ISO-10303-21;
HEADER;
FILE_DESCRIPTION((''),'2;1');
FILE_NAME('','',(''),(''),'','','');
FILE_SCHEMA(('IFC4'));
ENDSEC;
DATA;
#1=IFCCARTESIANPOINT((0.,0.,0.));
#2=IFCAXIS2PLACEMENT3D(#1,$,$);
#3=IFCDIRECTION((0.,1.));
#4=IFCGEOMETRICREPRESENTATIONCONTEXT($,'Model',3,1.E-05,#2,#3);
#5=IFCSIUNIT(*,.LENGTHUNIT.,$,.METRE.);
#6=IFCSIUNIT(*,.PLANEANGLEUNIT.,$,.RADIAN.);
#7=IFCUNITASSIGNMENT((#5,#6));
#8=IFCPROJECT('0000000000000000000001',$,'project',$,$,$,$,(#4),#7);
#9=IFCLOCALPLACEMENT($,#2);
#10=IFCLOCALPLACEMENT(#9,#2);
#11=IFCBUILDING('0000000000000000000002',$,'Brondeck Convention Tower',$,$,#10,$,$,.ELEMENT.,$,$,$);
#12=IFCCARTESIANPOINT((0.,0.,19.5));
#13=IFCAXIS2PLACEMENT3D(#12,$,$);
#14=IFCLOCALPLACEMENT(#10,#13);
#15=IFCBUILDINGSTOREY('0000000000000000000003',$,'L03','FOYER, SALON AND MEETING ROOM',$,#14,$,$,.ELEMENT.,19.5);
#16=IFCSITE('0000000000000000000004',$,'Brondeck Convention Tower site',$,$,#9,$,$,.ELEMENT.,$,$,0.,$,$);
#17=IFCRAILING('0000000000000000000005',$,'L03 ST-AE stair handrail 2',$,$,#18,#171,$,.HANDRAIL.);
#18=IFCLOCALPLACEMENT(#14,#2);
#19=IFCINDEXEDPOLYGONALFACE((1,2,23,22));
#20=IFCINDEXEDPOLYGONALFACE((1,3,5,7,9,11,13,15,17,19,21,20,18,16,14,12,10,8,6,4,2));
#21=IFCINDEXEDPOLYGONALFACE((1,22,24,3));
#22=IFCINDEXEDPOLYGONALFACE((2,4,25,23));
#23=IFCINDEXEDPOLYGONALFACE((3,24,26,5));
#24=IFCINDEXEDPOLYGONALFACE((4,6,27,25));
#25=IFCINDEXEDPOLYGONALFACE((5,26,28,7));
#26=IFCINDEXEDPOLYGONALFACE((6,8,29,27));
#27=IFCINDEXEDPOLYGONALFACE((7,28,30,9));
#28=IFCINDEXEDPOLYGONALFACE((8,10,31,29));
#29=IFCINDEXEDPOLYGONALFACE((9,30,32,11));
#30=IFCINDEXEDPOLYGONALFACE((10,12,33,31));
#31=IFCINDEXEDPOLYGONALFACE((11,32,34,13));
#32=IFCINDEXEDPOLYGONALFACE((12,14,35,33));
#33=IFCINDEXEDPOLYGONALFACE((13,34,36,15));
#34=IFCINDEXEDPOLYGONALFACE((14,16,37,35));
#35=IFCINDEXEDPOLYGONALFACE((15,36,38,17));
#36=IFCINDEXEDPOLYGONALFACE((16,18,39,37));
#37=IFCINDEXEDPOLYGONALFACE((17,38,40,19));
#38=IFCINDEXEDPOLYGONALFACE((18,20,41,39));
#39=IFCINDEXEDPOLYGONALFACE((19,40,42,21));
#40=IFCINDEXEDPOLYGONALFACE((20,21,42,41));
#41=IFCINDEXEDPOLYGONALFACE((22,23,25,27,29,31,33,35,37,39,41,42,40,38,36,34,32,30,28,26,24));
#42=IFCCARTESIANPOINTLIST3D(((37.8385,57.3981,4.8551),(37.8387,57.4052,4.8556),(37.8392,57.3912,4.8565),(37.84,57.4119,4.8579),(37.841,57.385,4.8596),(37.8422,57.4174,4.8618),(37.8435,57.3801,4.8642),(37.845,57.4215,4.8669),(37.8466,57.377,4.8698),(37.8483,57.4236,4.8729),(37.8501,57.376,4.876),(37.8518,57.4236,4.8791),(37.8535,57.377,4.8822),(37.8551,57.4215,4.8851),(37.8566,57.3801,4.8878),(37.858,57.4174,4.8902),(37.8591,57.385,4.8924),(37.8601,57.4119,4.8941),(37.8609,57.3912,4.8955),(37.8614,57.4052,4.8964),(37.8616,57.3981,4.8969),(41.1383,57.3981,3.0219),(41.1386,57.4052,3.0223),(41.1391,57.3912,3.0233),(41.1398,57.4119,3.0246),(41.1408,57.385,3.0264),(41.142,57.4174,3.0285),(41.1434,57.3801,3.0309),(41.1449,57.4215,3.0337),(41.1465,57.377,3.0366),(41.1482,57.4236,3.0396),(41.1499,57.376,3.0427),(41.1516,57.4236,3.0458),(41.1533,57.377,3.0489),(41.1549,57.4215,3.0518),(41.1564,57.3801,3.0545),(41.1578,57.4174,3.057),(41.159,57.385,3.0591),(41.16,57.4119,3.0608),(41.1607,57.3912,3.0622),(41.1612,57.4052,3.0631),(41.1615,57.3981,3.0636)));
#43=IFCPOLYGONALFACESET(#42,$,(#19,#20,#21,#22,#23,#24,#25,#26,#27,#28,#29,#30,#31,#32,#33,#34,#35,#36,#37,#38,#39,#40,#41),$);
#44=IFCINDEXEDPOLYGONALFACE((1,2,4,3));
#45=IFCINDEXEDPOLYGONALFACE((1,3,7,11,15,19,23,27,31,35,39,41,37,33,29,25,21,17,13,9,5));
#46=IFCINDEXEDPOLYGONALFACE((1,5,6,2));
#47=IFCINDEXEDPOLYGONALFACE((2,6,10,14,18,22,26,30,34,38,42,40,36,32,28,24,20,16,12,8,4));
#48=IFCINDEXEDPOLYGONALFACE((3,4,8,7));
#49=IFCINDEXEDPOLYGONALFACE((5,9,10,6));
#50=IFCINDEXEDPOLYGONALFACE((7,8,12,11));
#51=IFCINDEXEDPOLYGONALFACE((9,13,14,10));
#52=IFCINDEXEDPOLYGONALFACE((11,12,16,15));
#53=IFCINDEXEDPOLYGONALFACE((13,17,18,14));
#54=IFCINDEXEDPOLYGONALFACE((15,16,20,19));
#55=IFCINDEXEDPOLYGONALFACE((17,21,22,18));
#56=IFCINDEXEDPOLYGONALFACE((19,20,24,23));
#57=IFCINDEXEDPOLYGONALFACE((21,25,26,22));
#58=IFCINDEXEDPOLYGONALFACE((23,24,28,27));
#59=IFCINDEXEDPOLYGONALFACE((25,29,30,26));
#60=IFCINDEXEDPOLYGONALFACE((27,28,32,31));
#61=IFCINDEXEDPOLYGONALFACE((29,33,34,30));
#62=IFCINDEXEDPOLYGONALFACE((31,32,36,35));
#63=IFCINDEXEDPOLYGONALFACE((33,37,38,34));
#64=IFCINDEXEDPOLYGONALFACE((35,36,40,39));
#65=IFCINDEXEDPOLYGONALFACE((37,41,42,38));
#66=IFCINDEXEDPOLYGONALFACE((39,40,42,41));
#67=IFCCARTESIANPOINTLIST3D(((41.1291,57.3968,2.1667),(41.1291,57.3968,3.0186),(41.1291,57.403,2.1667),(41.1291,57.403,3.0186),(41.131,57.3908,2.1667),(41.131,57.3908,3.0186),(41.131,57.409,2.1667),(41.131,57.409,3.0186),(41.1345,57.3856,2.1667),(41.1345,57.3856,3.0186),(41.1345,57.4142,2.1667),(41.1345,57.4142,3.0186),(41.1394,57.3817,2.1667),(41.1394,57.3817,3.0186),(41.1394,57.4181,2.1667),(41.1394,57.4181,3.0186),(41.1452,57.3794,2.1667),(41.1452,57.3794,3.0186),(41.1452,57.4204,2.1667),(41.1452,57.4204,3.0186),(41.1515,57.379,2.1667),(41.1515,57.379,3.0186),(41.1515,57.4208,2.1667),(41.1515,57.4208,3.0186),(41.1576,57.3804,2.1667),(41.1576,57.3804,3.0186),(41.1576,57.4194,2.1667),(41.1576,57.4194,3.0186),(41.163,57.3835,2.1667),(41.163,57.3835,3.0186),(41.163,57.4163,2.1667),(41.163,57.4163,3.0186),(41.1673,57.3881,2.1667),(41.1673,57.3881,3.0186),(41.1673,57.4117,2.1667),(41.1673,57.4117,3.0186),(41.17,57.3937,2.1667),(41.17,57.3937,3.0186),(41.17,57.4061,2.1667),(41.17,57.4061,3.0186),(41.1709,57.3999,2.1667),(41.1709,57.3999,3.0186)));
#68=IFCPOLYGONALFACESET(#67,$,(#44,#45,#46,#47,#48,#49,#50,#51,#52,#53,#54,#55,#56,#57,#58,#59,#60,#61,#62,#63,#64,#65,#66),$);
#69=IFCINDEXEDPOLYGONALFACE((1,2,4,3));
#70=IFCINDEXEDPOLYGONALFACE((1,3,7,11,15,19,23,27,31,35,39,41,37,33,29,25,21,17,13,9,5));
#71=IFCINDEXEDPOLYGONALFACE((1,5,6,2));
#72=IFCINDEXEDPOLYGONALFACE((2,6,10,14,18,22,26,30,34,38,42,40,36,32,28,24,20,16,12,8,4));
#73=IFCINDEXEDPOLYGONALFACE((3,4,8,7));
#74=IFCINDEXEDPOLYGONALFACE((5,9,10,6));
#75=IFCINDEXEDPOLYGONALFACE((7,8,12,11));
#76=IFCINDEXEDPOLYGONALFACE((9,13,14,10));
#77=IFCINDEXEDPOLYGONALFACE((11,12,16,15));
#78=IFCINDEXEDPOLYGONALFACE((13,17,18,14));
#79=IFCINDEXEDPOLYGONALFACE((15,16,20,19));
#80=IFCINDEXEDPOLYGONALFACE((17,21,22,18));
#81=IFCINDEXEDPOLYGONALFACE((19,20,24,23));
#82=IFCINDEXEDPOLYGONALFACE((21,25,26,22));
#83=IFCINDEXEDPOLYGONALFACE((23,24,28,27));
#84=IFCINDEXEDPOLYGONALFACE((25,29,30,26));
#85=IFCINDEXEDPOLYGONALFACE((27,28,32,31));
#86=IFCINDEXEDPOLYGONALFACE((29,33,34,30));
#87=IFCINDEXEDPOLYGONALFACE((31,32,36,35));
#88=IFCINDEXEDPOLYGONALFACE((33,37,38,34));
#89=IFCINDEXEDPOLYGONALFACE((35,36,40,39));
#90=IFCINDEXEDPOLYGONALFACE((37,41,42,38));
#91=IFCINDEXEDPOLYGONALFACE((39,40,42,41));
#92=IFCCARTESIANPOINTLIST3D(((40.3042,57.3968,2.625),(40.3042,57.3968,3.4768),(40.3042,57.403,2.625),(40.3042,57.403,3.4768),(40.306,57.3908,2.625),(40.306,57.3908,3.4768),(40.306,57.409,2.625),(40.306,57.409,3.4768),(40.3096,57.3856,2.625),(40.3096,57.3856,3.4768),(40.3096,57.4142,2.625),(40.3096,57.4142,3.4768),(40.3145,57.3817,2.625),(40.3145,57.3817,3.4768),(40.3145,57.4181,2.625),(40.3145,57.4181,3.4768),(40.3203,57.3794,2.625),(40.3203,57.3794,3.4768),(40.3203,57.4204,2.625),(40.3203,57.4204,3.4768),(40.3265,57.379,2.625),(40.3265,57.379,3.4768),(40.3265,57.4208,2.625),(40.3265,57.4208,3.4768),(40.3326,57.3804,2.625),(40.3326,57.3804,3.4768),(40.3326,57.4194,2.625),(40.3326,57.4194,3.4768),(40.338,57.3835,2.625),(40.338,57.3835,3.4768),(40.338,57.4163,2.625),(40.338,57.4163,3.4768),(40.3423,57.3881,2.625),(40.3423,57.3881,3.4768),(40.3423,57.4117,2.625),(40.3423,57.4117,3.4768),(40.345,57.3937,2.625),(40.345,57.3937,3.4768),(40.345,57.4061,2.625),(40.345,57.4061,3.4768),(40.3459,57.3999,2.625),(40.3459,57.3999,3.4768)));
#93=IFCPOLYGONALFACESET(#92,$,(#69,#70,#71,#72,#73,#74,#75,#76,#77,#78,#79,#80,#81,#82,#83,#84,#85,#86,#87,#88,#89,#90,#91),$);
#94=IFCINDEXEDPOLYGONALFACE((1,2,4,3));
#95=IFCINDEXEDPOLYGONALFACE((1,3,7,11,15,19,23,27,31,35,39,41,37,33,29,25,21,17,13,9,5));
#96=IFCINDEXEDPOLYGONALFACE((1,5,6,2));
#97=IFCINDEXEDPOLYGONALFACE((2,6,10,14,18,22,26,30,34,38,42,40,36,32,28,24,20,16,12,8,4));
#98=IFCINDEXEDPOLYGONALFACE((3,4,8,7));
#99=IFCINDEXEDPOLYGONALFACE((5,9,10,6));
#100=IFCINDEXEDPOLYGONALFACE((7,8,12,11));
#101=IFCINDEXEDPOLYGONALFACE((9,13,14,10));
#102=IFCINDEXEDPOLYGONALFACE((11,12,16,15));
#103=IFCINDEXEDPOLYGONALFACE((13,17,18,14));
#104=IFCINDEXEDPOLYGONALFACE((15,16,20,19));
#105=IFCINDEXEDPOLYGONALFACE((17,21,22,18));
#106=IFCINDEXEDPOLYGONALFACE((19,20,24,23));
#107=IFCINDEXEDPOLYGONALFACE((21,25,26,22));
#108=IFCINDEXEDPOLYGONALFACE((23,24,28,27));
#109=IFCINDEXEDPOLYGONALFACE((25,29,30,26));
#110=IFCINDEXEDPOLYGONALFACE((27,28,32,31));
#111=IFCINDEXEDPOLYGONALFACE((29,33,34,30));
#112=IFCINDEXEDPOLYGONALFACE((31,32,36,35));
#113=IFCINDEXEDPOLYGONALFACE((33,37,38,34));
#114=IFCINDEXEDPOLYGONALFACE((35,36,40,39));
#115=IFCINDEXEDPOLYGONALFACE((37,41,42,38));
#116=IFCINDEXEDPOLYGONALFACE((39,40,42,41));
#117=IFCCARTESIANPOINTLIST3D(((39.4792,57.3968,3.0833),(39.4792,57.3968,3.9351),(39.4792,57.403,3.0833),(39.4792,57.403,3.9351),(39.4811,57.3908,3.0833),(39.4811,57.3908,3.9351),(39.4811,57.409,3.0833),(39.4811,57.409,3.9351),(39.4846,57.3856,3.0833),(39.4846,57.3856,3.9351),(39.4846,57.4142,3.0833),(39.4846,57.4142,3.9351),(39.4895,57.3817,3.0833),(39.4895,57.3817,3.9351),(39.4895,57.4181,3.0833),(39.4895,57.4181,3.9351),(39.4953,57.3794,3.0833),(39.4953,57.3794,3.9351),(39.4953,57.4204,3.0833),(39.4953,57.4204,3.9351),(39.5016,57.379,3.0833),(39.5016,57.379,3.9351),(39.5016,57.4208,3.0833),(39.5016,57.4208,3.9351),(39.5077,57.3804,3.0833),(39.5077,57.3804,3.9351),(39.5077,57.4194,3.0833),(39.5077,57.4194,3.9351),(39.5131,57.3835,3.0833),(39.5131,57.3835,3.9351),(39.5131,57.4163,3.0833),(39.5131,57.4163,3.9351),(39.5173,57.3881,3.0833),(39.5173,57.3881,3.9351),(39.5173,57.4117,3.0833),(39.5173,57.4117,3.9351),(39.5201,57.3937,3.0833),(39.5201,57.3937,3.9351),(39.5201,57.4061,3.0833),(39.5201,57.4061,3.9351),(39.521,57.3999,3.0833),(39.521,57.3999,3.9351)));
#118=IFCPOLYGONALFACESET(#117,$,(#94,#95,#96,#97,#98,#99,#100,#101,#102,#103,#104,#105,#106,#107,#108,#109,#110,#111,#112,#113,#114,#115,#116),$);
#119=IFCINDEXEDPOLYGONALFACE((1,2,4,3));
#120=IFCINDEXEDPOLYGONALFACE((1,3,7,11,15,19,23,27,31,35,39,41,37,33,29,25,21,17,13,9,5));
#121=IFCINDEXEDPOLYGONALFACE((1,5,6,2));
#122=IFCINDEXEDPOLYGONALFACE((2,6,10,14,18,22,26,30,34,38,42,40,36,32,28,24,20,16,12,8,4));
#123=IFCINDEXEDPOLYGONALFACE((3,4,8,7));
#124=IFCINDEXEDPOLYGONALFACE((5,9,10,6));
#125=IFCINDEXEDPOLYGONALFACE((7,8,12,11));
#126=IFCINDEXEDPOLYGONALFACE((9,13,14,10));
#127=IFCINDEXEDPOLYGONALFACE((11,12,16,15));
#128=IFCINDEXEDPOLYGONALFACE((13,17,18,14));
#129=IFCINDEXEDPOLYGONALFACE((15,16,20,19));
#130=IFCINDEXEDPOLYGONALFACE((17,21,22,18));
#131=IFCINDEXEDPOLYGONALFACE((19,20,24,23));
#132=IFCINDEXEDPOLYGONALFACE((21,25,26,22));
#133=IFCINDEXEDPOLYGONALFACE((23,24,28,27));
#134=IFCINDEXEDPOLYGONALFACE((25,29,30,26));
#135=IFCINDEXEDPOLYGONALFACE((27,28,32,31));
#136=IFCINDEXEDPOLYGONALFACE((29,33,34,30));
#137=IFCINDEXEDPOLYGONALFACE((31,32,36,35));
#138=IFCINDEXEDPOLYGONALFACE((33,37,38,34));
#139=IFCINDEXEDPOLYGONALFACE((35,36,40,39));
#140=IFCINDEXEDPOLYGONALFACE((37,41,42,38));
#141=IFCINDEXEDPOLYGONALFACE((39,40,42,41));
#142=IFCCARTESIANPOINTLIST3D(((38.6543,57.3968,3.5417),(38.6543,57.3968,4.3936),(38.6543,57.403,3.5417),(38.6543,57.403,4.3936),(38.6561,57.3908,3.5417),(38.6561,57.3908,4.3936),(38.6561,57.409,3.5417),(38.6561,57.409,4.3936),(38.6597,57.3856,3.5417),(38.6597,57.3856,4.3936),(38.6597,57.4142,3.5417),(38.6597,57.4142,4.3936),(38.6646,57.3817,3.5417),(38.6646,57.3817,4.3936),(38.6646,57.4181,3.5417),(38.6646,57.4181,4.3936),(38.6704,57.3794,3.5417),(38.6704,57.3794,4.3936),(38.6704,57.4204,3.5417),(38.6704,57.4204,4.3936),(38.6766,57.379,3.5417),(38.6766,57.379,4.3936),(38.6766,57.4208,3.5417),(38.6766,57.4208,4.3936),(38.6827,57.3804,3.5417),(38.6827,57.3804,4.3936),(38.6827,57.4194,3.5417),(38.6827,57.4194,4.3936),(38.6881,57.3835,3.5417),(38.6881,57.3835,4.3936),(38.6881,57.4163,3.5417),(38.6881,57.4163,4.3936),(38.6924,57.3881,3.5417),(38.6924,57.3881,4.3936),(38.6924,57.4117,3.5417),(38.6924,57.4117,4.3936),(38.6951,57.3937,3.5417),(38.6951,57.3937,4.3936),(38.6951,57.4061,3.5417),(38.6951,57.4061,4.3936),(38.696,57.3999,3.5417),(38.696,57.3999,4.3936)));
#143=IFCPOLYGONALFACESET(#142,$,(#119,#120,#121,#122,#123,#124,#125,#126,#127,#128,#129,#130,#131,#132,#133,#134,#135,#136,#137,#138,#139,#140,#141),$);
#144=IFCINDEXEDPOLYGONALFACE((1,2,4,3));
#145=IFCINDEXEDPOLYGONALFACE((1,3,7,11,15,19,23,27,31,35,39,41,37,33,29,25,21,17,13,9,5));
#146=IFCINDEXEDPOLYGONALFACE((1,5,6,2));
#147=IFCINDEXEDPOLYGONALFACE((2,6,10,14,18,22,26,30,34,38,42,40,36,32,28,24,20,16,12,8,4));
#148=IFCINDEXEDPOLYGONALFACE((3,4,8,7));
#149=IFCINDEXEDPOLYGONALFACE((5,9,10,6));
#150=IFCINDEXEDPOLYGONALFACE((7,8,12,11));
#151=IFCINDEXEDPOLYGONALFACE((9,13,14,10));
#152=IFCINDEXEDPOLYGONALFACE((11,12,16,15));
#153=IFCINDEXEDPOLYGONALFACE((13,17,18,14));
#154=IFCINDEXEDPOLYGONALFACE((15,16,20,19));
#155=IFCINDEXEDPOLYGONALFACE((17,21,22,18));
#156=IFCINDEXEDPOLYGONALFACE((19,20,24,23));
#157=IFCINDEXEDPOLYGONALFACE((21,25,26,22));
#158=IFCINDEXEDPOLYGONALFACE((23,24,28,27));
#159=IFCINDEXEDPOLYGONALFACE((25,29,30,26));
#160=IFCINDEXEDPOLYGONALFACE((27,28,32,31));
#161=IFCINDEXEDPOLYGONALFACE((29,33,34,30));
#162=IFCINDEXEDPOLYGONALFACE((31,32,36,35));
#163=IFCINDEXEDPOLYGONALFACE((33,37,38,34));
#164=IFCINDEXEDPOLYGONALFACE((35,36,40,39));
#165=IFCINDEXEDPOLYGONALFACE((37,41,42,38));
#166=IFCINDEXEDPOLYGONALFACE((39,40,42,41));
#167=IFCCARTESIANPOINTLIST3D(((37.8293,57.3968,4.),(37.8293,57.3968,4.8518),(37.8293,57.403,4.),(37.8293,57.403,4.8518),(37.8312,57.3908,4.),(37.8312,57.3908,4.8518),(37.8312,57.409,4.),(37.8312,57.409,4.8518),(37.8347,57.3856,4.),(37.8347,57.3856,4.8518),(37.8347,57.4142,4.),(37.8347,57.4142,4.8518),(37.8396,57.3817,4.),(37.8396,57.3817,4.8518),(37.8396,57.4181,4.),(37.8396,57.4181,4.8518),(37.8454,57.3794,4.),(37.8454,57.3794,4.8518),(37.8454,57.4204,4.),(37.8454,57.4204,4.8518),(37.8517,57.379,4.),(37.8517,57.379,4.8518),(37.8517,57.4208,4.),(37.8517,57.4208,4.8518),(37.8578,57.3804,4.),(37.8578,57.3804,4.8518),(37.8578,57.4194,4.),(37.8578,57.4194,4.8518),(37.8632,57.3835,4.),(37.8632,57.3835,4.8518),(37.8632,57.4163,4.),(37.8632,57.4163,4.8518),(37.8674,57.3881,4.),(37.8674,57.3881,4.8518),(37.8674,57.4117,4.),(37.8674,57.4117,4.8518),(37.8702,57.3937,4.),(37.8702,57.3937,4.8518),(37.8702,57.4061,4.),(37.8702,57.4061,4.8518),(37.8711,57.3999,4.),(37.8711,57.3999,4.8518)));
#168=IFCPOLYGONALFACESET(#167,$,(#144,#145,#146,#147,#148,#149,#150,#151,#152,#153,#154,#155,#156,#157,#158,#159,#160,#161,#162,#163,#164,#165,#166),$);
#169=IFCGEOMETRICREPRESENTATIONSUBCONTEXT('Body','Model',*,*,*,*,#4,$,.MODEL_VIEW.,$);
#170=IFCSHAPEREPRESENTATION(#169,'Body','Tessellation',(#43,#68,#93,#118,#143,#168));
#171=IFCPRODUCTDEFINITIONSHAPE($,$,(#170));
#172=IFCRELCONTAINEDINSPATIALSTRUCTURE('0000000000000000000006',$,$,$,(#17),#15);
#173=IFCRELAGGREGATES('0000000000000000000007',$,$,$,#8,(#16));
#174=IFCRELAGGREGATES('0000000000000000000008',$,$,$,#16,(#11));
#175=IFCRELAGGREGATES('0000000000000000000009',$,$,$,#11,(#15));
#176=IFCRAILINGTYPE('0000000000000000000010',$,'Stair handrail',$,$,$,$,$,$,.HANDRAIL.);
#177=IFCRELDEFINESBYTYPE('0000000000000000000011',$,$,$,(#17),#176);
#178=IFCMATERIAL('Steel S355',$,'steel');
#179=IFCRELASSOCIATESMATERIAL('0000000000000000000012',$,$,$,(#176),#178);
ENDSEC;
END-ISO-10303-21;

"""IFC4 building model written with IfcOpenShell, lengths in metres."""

from ifc_helpers import new_model, si_unit, direction, frame, origin, origin_2d, place, context, subcontext, project, spatial, circle, extrude, material, type_object, element, save


model = new_model("IFC4")

# Units and contexts
model_context = context("Model", 3, precision=1e-05, world=origin(), true_north=direction((0.0, 1.0)))
body_context = subcontext(model_context, "Body", "Model", "MODEL_VIEW")
ifc_project = project(units=[si_unit("LENGTHUNIT", "METRE"), si_unit("PLANEANGLEUNIT", "RADIAN")], contexts=[model_context])

# Site, building, storey
site_placement = place(None, origin())
site = spatial("IfcSite", under=ifc_project, at=site_placement, Name="Brondeck Convention Tower site", CompositionType="ELEMENT", RefElevation=0.0)
building_placement = place(site_placement, origin())
building = spatial("IfcBuilding", under=site, at=building_placement, Name="Brondeck Convention Tower", CompositionType="ELEMENT")
storey_placement = place(building_placement, frame((0.0, 0.0, 19.5)))
storey = spatial("IfcBuildingStorey", under=building, at=storey_placement, Name="L03", Description="FOYER, SALON AND MEETING ROOM", CompositionType="ELEMENT", Elevation=19.5)

# Shared definitions
ifc_material_1 = material(Name="Steel S355", Category="steel")

# Railing
railing_type_1 = type_object("IfcRailingType", Name="Stair handrail", PredefinedType="HANDRAIL", material=ifc_material_1)
railing_1_placement = place(storey_placement, frame((41.1499, 57.3999, 2.1667)))
element("IfcRailing", 1, at=railing_1_placement, inside=storey, type_object=railing_type_1, Name="L03 ST-AE stair handrail 2", PredefinedType="HANDRAIL", context=body_context, shape_type="SweptSolid", body=[
    extrude(circle(Radius=0.0239, at=origin_2d()), frame((0.0, 0.0, 0.876), z_axis=(-0.874154, 0.0, 0.485648), x_axis=(0.0, -1.0, 0.0)), (0.0, 0.0, 1.0), 3.7749),
    extrude(circle(Radius=0.021, at=origin_2d()), origin(), (0.0, 0.0, 1.0), 0.8518),
    extrude(circle(Radius=0.021, at=origin_2d()), frame((-0.825, 0.0, 0.4583)), (0.0, 0.0, 1.0), 0.8518),
    extrude(circle(Radius=0.021, at=origin_2d()), frame((-1.6499, 0.0, 0.9165)), (0.0, 0.0, 1.0), 0.8518),
    extrude(circle(Radius=0.021, at=origin_2d()), frame((-2.4749, 0.0, 1.375)), (0.0, 0.0, 1.0), 0.8518),
    extrude(circle(Radius=0.021, at=origin_2d()), frame((-3.2998, 0.0, 1.8333)), (0.0, 0.0, 1.0), 0.8518),
])

save(model, "model.ifc")
